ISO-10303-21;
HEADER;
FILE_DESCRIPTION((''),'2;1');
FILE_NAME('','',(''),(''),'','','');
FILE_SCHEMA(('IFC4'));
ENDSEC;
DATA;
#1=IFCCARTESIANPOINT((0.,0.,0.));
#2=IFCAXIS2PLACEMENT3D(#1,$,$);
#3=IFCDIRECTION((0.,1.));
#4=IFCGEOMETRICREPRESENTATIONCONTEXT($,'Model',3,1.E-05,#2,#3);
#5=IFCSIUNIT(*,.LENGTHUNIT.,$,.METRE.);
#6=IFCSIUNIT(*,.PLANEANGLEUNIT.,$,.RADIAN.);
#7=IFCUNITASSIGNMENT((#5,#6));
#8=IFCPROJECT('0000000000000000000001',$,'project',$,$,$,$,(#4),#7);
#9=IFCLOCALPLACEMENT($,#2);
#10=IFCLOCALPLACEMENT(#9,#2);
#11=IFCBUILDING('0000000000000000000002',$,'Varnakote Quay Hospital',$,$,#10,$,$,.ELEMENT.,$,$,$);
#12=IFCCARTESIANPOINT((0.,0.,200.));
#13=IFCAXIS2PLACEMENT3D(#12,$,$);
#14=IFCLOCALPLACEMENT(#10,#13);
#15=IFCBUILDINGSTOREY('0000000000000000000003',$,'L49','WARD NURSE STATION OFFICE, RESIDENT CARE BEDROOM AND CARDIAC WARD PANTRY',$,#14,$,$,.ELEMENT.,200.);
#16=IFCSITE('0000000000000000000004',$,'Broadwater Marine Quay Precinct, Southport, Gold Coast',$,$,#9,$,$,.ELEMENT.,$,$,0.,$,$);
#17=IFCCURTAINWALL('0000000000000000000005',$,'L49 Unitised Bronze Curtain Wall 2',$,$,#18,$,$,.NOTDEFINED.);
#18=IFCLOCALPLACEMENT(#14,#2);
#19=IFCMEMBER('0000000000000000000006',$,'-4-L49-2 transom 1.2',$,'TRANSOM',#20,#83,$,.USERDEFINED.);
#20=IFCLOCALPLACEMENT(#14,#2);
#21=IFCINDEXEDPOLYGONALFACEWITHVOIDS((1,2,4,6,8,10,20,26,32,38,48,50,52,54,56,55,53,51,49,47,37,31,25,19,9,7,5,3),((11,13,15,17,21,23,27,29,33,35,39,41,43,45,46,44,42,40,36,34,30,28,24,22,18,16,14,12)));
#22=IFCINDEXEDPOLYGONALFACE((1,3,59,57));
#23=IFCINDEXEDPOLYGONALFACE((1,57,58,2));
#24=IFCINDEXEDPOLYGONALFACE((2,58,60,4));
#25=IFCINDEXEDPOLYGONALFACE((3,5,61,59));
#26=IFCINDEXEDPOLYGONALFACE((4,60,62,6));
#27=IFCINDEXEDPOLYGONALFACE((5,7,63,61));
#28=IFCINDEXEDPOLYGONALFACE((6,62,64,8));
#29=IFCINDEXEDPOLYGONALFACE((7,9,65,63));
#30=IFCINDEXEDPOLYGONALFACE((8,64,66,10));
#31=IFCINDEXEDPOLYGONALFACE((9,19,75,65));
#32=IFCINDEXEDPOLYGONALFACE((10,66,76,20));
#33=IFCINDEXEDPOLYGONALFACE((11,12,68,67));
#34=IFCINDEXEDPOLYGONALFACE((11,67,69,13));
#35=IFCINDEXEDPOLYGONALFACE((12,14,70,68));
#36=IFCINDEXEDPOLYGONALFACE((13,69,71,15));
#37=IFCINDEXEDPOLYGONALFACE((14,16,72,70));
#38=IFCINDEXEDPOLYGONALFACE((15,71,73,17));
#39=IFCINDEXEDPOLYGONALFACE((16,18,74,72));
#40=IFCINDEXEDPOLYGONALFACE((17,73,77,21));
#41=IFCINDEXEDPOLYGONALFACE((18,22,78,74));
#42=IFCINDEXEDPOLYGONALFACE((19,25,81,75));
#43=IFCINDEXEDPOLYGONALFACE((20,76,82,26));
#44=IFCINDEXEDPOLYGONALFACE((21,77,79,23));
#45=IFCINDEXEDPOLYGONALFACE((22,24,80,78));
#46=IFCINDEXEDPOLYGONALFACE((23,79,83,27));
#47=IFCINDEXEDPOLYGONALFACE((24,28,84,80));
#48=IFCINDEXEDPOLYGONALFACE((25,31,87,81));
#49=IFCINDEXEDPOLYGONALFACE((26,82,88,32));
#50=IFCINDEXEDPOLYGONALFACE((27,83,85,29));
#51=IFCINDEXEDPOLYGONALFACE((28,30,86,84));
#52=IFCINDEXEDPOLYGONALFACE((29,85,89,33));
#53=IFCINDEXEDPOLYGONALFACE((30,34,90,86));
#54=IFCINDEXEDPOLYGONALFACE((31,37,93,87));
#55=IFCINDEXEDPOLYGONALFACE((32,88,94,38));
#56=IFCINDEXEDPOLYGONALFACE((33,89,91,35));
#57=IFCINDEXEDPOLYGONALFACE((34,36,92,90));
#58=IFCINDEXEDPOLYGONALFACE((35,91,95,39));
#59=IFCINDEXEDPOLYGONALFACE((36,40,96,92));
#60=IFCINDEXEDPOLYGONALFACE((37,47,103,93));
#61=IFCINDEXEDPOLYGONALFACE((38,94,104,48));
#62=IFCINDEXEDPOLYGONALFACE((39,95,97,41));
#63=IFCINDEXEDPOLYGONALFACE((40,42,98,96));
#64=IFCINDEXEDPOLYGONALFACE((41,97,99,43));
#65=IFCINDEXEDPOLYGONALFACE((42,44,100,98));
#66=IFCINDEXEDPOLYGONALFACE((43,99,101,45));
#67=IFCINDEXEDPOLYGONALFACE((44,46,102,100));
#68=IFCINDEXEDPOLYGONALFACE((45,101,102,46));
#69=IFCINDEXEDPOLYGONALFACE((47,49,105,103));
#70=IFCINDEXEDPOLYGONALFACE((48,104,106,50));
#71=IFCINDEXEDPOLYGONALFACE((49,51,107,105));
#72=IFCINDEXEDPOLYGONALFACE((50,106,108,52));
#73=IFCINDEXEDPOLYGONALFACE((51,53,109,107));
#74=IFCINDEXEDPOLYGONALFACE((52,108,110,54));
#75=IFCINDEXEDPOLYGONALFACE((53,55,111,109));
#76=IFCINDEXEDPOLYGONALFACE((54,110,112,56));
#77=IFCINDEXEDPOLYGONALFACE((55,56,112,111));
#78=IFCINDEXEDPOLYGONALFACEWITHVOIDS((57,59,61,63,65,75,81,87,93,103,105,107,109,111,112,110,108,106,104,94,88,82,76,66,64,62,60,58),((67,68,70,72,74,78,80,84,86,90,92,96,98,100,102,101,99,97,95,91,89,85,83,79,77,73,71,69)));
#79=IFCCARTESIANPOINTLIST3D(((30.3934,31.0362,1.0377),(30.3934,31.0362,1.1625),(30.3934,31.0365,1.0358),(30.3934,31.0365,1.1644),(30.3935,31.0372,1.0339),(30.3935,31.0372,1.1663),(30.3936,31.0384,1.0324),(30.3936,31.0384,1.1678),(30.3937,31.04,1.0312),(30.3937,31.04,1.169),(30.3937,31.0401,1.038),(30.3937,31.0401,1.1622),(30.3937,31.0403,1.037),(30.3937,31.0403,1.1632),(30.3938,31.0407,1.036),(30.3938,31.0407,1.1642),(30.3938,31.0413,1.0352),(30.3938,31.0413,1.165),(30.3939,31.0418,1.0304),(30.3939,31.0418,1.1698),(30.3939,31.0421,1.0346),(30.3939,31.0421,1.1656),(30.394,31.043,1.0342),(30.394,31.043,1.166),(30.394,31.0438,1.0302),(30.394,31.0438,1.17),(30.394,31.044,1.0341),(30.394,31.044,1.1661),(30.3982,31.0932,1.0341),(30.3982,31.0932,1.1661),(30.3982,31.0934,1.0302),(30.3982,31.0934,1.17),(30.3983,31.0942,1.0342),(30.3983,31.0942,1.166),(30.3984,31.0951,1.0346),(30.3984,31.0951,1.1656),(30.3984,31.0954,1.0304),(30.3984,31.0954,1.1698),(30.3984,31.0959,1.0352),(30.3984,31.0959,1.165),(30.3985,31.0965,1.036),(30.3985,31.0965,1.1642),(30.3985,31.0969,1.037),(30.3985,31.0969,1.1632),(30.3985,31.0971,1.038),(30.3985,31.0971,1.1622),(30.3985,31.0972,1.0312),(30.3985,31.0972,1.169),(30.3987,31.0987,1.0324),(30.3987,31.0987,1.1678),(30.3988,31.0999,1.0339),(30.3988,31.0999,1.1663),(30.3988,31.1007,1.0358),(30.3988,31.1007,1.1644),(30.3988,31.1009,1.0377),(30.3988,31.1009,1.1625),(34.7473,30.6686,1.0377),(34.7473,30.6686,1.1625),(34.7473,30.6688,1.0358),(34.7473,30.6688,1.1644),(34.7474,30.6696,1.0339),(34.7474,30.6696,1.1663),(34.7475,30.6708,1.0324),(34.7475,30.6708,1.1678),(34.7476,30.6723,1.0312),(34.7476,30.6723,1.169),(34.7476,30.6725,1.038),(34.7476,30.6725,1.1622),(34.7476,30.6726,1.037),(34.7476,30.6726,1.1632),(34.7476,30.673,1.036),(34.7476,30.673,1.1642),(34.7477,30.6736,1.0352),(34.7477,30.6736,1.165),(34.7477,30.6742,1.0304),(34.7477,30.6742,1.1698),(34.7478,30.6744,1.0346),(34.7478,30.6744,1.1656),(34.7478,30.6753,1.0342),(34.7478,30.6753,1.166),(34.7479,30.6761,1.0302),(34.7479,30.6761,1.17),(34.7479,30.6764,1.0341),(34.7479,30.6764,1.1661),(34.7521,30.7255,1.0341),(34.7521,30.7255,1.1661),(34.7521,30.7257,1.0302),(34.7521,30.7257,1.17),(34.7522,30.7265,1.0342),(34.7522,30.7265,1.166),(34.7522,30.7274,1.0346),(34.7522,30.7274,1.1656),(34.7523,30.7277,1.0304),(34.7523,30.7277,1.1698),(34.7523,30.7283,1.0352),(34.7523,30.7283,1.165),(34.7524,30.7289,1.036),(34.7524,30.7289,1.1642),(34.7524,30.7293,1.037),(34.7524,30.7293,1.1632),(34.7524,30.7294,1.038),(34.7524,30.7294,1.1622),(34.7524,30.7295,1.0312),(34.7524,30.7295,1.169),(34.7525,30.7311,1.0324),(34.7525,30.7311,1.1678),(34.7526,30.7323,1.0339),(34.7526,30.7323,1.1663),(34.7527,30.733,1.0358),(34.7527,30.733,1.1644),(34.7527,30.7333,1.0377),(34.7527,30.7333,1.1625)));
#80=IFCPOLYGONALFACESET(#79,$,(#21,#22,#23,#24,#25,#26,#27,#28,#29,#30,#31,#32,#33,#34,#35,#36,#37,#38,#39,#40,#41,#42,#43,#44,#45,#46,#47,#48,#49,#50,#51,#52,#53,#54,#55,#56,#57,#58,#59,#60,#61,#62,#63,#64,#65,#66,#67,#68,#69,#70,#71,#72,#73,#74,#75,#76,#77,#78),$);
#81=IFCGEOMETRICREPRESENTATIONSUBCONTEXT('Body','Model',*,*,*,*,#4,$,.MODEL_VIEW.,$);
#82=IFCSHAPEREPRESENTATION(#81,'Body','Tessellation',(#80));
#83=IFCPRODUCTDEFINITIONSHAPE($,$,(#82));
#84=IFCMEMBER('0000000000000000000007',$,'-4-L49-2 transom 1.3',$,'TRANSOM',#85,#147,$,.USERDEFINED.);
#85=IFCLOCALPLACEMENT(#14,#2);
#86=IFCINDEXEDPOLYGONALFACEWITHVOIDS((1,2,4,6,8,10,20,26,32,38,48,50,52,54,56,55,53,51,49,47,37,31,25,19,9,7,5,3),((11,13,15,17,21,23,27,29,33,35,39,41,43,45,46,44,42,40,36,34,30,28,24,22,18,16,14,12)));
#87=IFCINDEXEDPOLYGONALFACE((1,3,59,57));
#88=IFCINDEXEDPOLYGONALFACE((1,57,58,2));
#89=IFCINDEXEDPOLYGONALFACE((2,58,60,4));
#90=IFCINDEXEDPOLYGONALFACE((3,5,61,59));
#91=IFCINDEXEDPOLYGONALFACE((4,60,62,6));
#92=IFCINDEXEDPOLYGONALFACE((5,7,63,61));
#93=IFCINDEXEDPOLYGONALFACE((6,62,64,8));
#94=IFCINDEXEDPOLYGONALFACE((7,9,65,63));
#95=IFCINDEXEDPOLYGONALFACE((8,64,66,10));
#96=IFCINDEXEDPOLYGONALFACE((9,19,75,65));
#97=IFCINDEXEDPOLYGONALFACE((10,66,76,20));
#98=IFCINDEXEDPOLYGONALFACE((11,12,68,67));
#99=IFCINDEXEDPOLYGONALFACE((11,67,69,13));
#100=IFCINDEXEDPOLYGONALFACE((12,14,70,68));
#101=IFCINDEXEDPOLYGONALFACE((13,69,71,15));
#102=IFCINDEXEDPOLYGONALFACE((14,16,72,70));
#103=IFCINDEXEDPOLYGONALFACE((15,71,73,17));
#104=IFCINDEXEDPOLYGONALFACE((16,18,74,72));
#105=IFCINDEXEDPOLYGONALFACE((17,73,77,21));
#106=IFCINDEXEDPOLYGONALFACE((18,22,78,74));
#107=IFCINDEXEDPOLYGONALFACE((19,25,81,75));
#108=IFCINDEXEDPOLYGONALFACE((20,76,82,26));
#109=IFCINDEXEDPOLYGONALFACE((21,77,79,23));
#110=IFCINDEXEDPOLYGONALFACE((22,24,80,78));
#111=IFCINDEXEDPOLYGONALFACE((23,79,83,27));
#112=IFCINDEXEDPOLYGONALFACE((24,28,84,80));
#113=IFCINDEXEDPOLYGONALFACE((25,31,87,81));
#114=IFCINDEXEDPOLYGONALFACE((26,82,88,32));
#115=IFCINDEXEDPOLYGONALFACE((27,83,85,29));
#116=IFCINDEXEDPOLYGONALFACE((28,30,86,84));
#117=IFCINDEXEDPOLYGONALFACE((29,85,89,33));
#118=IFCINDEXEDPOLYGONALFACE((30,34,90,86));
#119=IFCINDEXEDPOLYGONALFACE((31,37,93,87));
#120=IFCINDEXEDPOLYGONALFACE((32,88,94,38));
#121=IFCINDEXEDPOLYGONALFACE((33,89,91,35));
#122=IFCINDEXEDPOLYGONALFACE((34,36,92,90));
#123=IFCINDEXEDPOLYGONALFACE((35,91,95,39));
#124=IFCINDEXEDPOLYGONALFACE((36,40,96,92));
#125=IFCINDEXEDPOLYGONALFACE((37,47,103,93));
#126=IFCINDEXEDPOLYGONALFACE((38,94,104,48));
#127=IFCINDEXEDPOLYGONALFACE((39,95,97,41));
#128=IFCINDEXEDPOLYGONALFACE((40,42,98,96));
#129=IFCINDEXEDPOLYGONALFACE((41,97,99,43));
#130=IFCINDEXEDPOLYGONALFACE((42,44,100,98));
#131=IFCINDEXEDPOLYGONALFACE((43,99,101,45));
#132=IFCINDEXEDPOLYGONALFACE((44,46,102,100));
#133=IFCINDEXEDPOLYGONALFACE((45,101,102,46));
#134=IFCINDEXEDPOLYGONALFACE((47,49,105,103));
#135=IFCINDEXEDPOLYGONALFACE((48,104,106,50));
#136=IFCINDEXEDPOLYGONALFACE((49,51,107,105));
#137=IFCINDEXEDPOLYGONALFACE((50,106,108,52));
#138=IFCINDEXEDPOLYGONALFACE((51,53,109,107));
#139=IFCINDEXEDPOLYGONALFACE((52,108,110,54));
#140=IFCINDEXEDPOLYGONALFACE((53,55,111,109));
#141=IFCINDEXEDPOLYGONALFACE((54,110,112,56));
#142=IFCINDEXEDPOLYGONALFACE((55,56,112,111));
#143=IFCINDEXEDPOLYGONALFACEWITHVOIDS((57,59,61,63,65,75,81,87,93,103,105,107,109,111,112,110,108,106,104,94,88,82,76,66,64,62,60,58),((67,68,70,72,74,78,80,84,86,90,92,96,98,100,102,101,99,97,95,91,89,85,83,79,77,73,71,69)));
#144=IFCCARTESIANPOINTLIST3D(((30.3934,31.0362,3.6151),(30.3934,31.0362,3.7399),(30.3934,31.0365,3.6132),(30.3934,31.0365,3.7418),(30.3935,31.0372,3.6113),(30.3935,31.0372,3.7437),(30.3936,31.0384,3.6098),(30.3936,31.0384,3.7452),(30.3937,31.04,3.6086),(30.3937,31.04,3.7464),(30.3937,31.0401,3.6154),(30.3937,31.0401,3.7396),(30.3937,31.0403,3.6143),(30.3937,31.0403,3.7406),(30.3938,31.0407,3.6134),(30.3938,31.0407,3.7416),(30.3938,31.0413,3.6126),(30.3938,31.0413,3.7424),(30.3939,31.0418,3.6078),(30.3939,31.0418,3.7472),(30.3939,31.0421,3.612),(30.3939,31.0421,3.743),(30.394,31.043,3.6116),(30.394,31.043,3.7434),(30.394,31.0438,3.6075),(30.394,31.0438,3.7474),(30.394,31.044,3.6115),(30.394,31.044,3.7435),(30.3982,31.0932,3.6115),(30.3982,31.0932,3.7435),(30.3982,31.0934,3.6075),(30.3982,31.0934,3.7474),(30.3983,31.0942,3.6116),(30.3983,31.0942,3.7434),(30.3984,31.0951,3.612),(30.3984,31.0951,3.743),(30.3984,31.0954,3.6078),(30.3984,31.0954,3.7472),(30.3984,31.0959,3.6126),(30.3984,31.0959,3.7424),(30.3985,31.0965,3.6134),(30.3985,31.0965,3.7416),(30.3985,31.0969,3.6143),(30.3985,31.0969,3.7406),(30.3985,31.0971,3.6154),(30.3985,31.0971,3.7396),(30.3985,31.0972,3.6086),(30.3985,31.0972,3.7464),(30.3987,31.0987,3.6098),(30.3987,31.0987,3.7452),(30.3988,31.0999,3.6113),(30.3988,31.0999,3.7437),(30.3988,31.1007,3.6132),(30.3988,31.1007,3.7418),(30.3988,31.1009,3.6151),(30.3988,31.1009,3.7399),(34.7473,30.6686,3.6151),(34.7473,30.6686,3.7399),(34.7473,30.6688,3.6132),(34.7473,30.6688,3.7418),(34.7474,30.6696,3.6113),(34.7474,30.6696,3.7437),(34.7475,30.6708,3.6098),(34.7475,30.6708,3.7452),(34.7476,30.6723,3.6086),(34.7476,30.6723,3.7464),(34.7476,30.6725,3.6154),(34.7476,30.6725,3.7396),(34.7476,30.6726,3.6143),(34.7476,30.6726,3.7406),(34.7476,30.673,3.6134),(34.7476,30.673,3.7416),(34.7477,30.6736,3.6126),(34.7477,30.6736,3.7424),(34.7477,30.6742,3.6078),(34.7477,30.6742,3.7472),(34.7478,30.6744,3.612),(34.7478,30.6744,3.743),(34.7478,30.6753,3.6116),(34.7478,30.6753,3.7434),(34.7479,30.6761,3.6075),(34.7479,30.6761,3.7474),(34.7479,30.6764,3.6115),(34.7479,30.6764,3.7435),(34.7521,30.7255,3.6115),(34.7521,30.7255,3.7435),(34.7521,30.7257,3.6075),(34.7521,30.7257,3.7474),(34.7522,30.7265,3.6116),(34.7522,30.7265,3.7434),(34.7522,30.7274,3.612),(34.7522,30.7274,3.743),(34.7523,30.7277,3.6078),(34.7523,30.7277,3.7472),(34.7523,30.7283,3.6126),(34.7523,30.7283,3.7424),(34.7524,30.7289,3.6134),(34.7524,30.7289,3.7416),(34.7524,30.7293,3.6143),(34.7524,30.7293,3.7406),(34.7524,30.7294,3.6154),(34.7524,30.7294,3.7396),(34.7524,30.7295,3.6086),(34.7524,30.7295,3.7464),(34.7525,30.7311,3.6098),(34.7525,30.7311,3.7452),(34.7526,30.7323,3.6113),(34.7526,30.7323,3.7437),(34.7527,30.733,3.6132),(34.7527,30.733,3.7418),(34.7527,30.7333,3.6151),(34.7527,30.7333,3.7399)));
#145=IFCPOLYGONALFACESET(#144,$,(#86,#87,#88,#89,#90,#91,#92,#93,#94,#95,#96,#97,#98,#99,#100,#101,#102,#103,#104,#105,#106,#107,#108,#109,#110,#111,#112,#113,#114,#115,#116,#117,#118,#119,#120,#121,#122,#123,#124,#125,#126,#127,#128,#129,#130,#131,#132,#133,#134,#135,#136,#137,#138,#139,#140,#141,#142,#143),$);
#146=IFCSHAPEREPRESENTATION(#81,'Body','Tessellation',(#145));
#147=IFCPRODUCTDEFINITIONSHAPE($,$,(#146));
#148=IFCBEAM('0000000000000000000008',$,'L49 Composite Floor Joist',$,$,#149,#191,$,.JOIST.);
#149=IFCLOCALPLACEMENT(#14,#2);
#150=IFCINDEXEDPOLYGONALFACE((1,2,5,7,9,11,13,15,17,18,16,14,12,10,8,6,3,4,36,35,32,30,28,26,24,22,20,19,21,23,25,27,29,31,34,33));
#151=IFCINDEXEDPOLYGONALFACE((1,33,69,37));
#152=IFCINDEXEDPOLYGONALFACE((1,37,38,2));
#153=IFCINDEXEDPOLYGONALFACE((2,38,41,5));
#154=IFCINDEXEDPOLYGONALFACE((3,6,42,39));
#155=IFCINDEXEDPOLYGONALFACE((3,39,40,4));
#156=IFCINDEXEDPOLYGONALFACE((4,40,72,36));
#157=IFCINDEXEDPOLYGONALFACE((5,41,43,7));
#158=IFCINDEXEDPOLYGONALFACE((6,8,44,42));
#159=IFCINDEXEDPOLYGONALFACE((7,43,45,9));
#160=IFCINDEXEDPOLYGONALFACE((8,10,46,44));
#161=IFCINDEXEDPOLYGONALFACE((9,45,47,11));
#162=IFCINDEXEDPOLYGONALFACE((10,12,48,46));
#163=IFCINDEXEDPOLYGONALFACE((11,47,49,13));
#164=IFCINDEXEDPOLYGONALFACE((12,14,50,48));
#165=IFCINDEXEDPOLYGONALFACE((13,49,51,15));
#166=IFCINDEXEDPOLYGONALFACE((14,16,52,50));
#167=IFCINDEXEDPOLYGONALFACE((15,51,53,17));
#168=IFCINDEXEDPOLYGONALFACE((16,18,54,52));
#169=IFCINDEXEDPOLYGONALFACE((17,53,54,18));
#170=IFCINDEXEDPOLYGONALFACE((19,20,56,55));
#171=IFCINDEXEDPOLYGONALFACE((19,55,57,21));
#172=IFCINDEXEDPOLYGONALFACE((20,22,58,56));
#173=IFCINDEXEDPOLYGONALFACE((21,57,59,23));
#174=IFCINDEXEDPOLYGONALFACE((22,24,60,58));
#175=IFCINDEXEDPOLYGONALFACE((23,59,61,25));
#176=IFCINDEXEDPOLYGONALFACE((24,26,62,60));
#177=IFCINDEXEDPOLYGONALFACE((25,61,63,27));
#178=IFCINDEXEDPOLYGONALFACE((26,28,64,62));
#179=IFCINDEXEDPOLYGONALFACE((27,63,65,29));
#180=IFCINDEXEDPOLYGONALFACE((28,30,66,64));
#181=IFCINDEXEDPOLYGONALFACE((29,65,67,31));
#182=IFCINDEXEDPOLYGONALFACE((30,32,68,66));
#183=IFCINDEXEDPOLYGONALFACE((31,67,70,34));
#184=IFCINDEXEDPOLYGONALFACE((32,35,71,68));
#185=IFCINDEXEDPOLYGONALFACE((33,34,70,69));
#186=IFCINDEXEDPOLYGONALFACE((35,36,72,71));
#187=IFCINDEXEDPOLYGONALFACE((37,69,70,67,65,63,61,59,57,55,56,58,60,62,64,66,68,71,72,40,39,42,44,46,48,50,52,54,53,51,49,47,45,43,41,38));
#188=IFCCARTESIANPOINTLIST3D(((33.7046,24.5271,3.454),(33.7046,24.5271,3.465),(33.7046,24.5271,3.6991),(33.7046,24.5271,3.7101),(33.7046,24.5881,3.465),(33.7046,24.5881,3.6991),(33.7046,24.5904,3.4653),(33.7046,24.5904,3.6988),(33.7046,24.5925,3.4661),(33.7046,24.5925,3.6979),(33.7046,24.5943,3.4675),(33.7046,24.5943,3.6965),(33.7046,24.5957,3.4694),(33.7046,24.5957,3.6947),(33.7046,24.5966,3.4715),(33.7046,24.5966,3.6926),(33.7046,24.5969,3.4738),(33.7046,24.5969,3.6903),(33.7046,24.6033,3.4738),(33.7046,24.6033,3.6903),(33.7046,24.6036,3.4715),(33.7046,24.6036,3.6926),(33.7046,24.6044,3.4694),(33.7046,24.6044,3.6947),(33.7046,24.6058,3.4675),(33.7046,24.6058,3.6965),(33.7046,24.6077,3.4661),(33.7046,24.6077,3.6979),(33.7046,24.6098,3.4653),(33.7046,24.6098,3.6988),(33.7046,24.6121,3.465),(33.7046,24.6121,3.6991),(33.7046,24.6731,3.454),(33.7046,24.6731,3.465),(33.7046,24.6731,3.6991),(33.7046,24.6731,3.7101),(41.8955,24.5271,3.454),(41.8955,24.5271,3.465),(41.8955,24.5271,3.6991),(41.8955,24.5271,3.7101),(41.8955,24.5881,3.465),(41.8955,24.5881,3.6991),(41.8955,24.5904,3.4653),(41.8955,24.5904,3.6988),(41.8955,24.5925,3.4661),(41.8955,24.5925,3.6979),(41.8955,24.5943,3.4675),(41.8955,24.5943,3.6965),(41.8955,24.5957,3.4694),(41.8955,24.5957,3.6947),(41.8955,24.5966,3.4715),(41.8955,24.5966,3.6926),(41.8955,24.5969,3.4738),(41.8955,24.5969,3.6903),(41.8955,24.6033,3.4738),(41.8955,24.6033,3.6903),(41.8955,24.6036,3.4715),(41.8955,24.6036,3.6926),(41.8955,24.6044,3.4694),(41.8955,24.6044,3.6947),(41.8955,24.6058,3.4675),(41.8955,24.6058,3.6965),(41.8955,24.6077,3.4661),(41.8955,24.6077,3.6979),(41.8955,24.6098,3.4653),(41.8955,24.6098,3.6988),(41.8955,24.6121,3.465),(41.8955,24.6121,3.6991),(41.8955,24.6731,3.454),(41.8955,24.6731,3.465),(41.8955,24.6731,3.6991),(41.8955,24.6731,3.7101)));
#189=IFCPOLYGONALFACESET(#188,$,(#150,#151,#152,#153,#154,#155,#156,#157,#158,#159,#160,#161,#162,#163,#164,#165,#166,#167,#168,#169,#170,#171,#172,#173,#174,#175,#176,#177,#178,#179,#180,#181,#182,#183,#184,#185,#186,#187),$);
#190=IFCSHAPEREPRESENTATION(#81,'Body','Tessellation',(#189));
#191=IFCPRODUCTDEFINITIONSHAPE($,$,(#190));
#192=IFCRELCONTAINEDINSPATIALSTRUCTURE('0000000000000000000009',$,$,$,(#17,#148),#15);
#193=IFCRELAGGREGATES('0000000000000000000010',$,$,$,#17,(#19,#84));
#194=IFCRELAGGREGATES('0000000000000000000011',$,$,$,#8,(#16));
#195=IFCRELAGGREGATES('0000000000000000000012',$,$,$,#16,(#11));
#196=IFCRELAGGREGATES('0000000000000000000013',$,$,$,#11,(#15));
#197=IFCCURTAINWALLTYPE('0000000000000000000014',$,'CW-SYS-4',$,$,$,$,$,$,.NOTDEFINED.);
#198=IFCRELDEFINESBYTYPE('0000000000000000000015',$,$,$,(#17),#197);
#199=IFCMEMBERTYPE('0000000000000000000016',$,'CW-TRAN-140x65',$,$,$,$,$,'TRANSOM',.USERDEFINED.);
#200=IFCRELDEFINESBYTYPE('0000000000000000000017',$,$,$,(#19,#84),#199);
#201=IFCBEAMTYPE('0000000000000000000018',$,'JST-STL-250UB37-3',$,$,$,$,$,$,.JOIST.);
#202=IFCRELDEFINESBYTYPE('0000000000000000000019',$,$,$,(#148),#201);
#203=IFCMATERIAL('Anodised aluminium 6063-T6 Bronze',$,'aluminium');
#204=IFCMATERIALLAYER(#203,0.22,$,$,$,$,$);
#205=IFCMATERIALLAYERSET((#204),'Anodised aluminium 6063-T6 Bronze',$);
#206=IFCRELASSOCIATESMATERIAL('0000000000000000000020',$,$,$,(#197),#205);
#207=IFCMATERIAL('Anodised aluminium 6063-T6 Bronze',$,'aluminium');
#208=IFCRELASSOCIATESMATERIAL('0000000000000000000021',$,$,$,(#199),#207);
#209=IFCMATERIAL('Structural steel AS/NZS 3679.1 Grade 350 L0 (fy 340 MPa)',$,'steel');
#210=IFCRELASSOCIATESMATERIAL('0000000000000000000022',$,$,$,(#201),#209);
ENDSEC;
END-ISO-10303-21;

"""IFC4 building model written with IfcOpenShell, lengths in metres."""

from ifc_helpers import new_model, si_unit, direction, frame, origin, origin_2d, place, context, subcontext, project, spatial, hollow_rectangle, i_section, extrude, material, layer, layer_set, material_profile, profile_set, type_object, element, aggregate, save


model = new_model("IFC4")

# Units and contexts
model_context = context("Model", 3, precision=1e-05, world=origin(), true_north=direction((0.0, 1.0)))
body_context = subcontext(model_context, "Body", "Model", "MODEL_VIEW")
ifc_project = project(units=[si_unit("LENGTHUNIT", "METRE"), si_unit("PLANEANGLEUNIT", "RADIAN")], contexts=[model_context])

# Site, building, storey
site_placement = place(None, origin())
site = spatial("IfcSite", under=ifc_project, at=site_placement, Name="Broadwater Marine Quay Precinct, Southport, Gold Coast", CompositionType="ELEMENT", RefElevation=0.0)
building_placement = place(site_placement, origin())
building = spatial("IfcBuilding", under=site, at=building_placement, Name="Varnakote Quay Hospital", CompositionType="ELEMENT")
storey_placement = place(building_placement, frame((0.0, 0.0, 200.0)))
storey = spatial("IfcBuildingStorey", under=building, at=storey_placement, Name="L49", Description="WARD NURSE STATION OFFICE, RESIDENT CARE BEDROOM AND CARDIAC WARD PANTRY", CompositionType="ELEMENT", Elevation=200.0)

# Shared definitions
ifc_material_1 = material(Name="Anodised aluminium 6063-T6 Bronze", Category="aluminium")
ifc_layer_1 = layer(ifc_material_1, 0.22)
ifc_layer_set_1 = layer_set([ifc_layer_1], Name="Anodised aluminium 6063-T6 Bronze")
curtain_wall_type = type_object("IfcCurtainWallType", Name="CW-SYS-4", PredefinedType="NOTDEFINED", material=ifc_layer_set_1)

# Curtain wall, members
curtain_wall_1_placement = place(storey_placement, origin())
curtain_wall_1 = element("IfcCurtainWall", 1, at=curtain_wall_1_placement, inside=storey, type_object=curtain_wall_type, Name="L49 Unitised Bronze Curtain Wall 2", PredefinedType="NOTDEFINED")
ifc_material_2 = material(Name="Anodised aluminium 6063-T6 Bronze", Category="aluminium")
ifc_material_profile_1 = material_profile(ifc_material_2, hollow_rectangle(XDim=0.0649, YDim=0.1399, WallThickness=0.0039, InnerFilletRadius=0.0039, OuterFilletRadius=0.0076, at=origin_2d()), Name="CW-TRAN-140x65")
ifc_profile_set_1 = profile_set([ifc_material_profile_1], Name="Anodised aluminium 6063-T6 Bronze")
member_type_1 = type_object("IfcMemberType", Name="CW-TRAN-140x65", ElementType="TRANSOM", PredefinedType="USERDEFINED", material=ifc_profile_set_1)
member_1_placement = place(storey_placement, frame((34.75, 30.7009, 1.1001), z_axis=(-0.996453, 0.084146, 0.0), x_axis=(-0.084146, -0.996453, 0.0)))
member_1 = element("IfcMember", 2, at=member_1_placement, type_object=member_type_1, Name="-4-L49-2 transom 1.2", ObjectType="TRANSOM", PredefinedType="USERDEFINED", context=body_context, shape_type="SweptSolid", body=[
    extrude(hollow_rectangle(XDim=0.0649, YDim=0.1399, WallThickness=0.0039, InnerFilletRadius=0.0039, OuterFilletRadius=0.0076, at=origin_2d()), origin(), (0.0, 0.0, 1.0), 4.3694),
])
member_2_placement = place(storey_placement, frame((34.75, 30.7009, 3.6775), z_axis=(-0.996453, 0.084146, 0.0), x_axis=(-0.084146, -0.996453, 0.0)))
member_2 = element("IfcMember", 3, at=member_2_placement, type_object=member_type_1, Name="-4-L49-2 transom 1.3", ObjectType="TRANSOM", PredefinedType="USERDEFINED", context=body_context, shape_type="SweptSolid", body=[
    extrude(hollow_rectangle(XDim=0.0649, YDim=0.1399, WallThickness=0.0039, InnerFilletRadius=0.0039, OuterFilletRadius=0.0076, at=origin_2d()), origin(), (0.0, 0.0, 1.0), 4.3694),
])

# Beam
ifc_material_3 = material(Name="Structural steel AS/NZS 3679.1 Grade 350 L0 (fy 340 MPa)", Category="steel")
ifc_material_profile_2 = material_profile(ifc_material_3, i_section(OverallWidth=0.146, OverallDepth=0.2561, WebThickness=0.0063, FlangeThickness=0.011, FilletRadius=0.0088, at=origin_2d()), Name="250UB37.3")
ifc_profile_set_2 = profile_set([ifc_material_profile_2], Name="Structural steel AS/NZS 3679.1 Grade 350 L0 (fy 340 MPa)")
beam_type_1 = type_object("IfcBeamType", Name="JST-STL-250UB37-3", PredefinedType="JOIST", material=ifc_profile_set_2)
beam_1_placement = place(storey_placement, frame((33.7046, 24.6001, 3.582), z_axis=(1.0, 0.0, 0.0), x_axis=(0.0, 1.0, 0.0)))
element("IfcBeam", 4, at=beam_1_placement, inside=storey, type_object=beam_type_1, Name="L49 Composite Floor Joist", PredefinedType="JOIST", context=body_context, shape_type="SweptSolid", body=[
    extrude(i_section(OverallWidth=0.146, OverallDepth=0.2561, WebThickness=0.0063, FlangeThickness=0.011, FilletRadius=0.0088, at=origin_2d()), origin(), (0.0, 0.0, 1.0), 8.1909),
])

aggregate(curtain_wall_1, [member_1, member_2])

save(model, "model.ifc")
